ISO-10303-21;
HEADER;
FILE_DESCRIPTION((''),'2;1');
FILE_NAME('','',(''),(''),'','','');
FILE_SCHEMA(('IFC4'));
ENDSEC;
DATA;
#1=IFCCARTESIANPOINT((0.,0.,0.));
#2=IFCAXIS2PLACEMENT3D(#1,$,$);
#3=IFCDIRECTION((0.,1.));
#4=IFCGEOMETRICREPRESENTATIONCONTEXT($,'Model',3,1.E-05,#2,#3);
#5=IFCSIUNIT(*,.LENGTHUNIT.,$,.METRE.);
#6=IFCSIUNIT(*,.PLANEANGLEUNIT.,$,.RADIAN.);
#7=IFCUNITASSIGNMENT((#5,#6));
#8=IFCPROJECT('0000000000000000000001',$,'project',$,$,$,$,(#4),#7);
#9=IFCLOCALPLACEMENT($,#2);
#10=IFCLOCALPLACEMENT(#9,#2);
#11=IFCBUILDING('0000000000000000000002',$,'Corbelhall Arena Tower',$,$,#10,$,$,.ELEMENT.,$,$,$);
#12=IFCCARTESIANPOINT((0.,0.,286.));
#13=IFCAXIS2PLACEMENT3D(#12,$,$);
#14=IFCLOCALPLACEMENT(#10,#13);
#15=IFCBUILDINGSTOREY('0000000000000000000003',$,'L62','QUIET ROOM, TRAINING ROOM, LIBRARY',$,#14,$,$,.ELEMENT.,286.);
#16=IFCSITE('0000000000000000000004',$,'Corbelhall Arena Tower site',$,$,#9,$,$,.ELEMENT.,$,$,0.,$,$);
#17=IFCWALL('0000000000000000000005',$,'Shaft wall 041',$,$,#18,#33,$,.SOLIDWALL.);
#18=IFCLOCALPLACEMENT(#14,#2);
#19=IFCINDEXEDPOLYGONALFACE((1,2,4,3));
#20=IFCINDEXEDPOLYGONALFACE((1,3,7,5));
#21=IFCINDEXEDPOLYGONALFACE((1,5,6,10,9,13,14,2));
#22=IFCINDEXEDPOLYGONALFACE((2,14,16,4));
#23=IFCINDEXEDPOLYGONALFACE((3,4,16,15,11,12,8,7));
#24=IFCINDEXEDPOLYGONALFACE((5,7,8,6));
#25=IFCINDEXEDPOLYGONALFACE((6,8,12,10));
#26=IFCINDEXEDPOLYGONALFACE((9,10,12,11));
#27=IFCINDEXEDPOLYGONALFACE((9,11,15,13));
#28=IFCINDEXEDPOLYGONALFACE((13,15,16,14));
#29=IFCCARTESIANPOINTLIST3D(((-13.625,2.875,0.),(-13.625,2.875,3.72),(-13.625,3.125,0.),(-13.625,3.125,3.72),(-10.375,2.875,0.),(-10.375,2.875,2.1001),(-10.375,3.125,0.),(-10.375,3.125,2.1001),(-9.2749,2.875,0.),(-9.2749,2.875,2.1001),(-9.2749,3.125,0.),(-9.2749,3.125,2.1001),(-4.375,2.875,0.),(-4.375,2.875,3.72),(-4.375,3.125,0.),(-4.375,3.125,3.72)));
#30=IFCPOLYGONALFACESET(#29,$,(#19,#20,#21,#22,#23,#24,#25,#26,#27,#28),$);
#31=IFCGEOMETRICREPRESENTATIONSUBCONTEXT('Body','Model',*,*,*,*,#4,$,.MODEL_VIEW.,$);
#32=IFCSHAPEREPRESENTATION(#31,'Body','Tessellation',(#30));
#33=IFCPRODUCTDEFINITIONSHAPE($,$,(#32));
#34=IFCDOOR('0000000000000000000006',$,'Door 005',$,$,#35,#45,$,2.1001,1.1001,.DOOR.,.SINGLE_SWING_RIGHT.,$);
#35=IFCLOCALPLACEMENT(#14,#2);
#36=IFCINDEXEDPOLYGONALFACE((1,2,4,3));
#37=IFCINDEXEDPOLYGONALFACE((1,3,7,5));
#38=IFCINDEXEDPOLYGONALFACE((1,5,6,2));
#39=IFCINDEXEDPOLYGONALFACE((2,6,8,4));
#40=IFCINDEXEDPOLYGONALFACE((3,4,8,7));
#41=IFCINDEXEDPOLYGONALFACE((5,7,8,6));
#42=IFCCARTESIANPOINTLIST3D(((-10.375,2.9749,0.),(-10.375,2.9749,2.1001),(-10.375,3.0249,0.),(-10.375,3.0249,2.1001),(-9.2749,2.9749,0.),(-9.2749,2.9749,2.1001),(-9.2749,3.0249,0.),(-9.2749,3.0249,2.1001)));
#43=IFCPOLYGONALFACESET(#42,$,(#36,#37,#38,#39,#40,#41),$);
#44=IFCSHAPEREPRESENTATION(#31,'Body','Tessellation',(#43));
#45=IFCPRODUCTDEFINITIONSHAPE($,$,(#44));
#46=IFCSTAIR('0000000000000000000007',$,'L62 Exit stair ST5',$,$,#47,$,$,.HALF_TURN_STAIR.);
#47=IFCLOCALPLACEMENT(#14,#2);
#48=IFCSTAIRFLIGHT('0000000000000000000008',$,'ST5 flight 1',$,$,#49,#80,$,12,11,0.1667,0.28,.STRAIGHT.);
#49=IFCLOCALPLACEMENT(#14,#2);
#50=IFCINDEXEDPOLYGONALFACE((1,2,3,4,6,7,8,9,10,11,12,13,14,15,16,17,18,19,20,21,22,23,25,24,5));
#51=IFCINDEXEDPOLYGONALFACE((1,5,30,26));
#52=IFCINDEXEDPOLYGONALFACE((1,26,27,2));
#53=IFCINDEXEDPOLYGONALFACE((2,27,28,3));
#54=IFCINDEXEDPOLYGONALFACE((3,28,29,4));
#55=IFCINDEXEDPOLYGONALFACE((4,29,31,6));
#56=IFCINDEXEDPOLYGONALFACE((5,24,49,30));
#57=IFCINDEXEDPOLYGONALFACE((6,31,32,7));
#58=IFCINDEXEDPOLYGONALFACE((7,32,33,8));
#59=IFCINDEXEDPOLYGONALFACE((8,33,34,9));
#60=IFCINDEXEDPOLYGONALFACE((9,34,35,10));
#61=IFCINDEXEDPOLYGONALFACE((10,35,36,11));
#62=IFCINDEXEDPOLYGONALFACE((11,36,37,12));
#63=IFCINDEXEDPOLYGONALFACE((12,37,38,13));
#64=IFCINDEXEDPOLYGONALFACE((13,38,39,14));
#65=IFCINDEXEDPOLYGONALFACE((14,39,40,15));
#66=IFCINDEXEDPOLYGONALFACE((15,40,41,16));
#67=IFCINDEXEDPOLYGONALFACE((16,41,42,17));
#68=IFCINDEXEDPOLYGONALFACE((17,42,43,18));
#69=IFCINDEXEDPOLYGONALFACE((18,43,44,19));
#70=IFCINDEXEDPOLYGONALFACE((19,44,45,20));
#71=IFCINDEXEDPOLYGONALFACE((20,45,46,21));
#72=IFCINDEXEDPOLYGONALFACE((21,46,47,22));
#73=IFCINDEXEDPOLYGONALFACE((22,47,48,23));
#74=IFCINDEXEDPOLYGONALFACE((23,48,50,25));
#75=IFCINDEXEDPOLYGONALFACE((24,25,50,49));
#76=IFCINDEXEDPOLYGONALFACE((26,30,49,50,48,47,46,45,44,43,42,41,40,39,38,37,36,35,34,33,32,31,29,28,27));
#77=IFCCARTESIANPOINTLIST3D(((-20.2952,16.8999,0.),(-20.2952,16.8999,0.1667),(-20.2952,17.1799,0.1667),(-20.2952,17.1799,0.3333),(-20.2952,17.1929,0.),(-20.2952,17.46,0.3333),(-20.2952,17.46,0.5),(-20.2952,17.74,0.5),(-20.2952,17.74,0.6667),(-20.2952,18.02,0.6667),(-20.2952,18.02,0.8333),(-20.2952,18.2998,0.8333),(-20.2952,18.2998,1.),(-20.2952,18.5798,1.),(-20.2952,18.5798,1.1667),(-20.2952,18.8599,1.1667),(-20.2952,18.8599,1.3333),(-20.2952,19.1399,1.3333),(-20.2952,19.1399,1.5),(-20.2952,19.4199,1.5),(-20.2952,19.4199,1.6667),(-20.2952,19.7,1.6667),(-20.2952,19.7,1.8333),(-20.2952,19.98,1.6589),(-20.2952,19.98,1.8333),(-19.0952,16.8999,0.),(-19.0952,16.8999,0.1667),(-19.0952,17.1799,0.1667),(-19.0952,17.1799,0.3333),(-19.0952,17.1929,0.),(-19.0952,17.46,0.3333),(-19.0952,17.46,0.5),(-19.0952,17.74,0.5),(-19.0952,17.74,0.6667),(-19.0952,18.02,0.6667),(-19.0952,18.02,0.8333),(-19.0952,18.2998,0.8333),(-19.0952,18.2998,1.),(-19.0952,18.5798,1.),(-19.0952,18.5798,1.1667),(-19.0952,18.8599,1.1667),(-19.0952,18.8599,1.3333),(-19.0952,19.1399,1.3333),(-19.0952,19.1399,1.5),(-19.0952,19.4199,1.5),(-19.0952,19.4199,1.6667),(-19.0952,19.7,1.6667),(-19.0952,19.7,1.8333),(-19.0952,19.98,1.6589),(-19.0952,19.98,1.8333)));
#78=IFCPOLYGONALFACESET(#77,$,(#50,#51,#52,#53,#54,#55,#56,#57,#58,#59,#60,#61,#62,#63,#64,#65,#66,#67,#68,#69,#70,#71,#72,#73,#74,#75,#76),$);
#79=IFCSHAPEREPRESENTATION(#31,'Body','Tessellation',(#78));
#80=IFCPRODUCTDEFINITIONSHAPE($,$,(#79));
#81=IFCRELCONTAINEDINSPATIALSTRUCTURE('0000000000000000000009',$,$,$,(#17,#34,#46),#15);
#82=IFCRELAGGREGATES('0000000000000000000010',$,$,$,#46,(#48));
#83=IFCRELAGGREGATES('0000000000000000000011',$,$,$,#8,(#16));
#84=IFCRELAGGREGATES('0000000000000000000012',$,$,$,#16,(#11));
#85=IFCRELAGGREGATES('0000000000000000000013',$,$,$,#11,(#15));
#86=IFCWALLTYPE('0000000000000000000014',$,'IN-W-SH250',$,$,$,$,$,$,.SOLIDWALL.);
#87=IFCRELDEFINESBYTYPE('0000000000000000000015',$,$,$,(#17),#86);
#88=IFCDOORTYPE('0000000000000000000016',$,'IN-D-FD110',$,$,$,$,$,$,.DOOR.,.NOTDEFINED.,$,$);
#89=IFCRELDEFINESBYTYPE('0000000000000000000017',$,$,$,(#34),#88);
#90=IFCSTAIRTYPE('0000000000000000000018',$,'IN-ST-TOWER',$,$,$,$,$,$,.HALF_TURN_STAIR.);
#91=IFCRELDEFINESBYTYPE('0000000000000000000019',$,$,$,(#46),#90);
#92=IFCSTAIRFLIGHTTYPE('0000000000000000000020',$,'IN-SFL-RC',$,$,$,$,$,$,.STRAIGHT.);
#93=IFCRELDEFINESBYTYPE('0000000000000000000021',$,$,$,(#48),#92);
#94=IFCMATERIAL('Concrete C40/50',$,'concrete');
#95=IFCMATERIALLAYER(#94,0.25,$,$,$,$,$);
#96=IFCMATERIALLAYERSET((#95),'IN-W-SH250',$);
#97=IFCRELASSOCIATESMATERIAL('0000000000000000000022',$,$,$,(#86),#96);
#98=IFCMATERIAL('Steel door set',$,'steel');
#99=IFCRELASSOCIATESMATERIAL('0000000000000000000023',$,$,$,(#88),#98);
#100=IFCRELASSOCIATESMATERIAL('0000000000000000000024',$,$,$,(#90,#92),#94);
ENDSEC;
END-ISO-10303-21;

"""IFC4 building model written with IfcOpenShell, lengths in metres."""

from ifc_helpers import new_model, si_unit, direction, frame, frame_2d, origin, place, context, subcontext, project, spatial, polyline, rectangle, outline, extrude, material, layer, layer_set, type_object, element, fill, aggregate, save


model = new_model("IFC4")

# Units and contexts
model_context = context("Model", 3, precision=1e-05, world=origin(), true_north=direction((0.0, 1.0)))
body_context = subcontext(model_context, "Body", "Model", "MODEL_VIEW")
ifc_project = project(units=[si_unit("LENGTHUNIT", "METRE"), si_unit("PLANEANGLEUNIT", "RADIAN")], contexts=[model_context])

# Site, building, storey
site_placement = place(None, origin())
site = spatial("IfcSite", under=ifc_project, at=site_placement, Name="Corbelhall Arena Tower site", CompositionType="ELEMENT", RefElevation=0.0)
building_placement = place(site_placement, origin())
building = spatial("IfcBuilding", under=site, at=building_placement, Name="Corbelhall Arena Tower", CompositionType="ELEMENT")
storey_placement = place(building_placement, frame((0.0, 0.0, 286.0)))
storey = spatial("IfcBuildingStorey", under=building, at=storey_placement, Name="L62", Description="QUIET ROOM, TRAINING ROOM, LIBRARY", CompositionType="ELEMENT", Elevation=286.0)

# Shared definitions
ifc_material_1 = material(Name="Concrete C40/50", Category="concrete")
ifc_material_2 = material(Name="Steel door set", Category="steel")

# Wall, opening, door
ifc_layer_1 = layer(ifc_material_1, 0.25)
ifc_layer_set_1 = layer_set([ifc_layer_1], Name="IN-W-SH250")
wall_type_1 = type_object("IfcWallType", Name="IN-W-SH250", PredefinedType="SOLIDWALL", material=ifc_layer_set_1)
wall_1_placement = place(storey_placement, frame((-13.625, 3.0, 0.0), z_axis=(0.0, 0.0, 1.0), x_axis=(1.0, 0.0, 0.0)))
wall_1 = element("IfcWall", 1, at=wall_1_placement, inside=storey, type_object=wall_type_1, Name="Shaft wall 041", PredefinedType="SOLIDWALL", context=body_context, shape_type="SweptSolid", body=[
    extrude(rectangle(XDim=9.25, YDim=0.25, at=frame_2d((4.625, 0.0))), origin(), (0.0, 0.0, 1.0), 3.72),
])
opening_1_placement = place(wall_1_placement, frame((3.25, 0.0, 0.0)))
opening_1 = element("IfcOpeningElement", 2, at=opening_1_placement, cuts=wall_1, PredefinedType="OPENING", context=body_context, shape_type="SweptSolid", body=[
    extrude(rectangle(XDim=1.1001, YDim=2.1001, at=frame_2d((0.55, 1.05))), frame((0.0, 0.125, 0.0), z_axis=(0.0, -1.0, 0.0), x_axis=(1.0, 0.0, 0.0)), (0.0, 0.0, 1.0), 0.25),
])
door_type_1 = type_object("IfcDoorType", Name="IN-D-FD110", OperationType="NOTDEFINED", PredefinedType="DOOR", material=ifc_material_2)
door_1_placement = place(opening_1_placement, origin())
door_1 = element("IfcDoor", 3, at=door_1_placement, inside=storey, type_object=door_type_1, Name="Door 005", OperationType="SINGLE_SWING_RIGHT", OverallHeight=2.1001, OverallWidth=1.1001, PredefinedType="DOOR", context=body_context, shape_type="SweptSolid", body=[
    extrude(rectangle(XDim=1.1001, YDim=2.1001, at=frame_2d((0.55, 1.05))), frame((0.0, 0.0249, 0.0), z_axis=(0.0, -1.0, 0.0), x_axis=(1.0, 0.0, 0.0)), (0.0, 0.0, 1.0), 0.05),
])
fill(opening_1, door_1)

# Stair, stair flight
stair_type = type_object("IfcStairType", Name="IN-ST-TOWER", PredefinedType="HALF_TURN_STAIR", material=ifc_material_1)
stair_placement = place(storey_placement, origin())
stair = element("IfcStair", 4, at=stair_placement, inside=storey, type_object=stair_type, Name="L62 Exit stair ST5", PredefinedType="HALF_TURN_STAIR")
stair_flight_type = type_object("IfcStairFlightType", Name="IN-SFL-RC", PredefinedType="STRAIGHT", material=ifc_material_1)
stair_flight_placement = place(storey_placement, frame((-19.6951, 16.8999, 0.0), z_axis=(0.0, 0.0, 1.0), x_axis=(0.0, 1.0, 0.0)))
stair_flight = element("IfcStairFlight", 5, at=stair_flight_placement, type_object=stair_flight_type, Name="ST5 flight 1", NumberOfRisers=12, NumberOfTreads=11, PredefinedType="STRAIGHT", RiserHeight=0.1667, TreadLength=0.28, context=body_context, shape_type="SweptSolid", body=[
    extrude(outline(polyline([(0.0, 0.0), (0.0, 0.1667), (0.28, 0.1667), (0.28, 0.3333), (0.5601, 0.3333), (0.5601, 0.5), (0.8401, 0.5), (0.8401, 0.6667), (1.1201, 0.6667), (1.1201, 0.8333), (1.3999, 0.8333), (1.3999, 1.0), (1.6799, 1.0), (1.6799, 1.1667), (1.96, 1.1667), (1.96, 1.3333), (2.24, 1.3333), (2.24, 1.5), (2.52, 1.5), (2.52, 1.6667), (2.8, 1.6667), (2.8, 1.8333), (3.0801, 1.8333), (3.0801, 2.0), (3.0801, 1.6589), (0.293, 0.0), (0.0, 0.0)])), frame((0.0, 0.6001, 0.0), z_axis=(0.0, -1.0, 0.0), x_axis=(1.0, 0.0, 0.0)), (0.0, 0.0, 1.0), 1.2),
])
aggregate(stair, [stair_flight])

save(model, "model.ifc")
